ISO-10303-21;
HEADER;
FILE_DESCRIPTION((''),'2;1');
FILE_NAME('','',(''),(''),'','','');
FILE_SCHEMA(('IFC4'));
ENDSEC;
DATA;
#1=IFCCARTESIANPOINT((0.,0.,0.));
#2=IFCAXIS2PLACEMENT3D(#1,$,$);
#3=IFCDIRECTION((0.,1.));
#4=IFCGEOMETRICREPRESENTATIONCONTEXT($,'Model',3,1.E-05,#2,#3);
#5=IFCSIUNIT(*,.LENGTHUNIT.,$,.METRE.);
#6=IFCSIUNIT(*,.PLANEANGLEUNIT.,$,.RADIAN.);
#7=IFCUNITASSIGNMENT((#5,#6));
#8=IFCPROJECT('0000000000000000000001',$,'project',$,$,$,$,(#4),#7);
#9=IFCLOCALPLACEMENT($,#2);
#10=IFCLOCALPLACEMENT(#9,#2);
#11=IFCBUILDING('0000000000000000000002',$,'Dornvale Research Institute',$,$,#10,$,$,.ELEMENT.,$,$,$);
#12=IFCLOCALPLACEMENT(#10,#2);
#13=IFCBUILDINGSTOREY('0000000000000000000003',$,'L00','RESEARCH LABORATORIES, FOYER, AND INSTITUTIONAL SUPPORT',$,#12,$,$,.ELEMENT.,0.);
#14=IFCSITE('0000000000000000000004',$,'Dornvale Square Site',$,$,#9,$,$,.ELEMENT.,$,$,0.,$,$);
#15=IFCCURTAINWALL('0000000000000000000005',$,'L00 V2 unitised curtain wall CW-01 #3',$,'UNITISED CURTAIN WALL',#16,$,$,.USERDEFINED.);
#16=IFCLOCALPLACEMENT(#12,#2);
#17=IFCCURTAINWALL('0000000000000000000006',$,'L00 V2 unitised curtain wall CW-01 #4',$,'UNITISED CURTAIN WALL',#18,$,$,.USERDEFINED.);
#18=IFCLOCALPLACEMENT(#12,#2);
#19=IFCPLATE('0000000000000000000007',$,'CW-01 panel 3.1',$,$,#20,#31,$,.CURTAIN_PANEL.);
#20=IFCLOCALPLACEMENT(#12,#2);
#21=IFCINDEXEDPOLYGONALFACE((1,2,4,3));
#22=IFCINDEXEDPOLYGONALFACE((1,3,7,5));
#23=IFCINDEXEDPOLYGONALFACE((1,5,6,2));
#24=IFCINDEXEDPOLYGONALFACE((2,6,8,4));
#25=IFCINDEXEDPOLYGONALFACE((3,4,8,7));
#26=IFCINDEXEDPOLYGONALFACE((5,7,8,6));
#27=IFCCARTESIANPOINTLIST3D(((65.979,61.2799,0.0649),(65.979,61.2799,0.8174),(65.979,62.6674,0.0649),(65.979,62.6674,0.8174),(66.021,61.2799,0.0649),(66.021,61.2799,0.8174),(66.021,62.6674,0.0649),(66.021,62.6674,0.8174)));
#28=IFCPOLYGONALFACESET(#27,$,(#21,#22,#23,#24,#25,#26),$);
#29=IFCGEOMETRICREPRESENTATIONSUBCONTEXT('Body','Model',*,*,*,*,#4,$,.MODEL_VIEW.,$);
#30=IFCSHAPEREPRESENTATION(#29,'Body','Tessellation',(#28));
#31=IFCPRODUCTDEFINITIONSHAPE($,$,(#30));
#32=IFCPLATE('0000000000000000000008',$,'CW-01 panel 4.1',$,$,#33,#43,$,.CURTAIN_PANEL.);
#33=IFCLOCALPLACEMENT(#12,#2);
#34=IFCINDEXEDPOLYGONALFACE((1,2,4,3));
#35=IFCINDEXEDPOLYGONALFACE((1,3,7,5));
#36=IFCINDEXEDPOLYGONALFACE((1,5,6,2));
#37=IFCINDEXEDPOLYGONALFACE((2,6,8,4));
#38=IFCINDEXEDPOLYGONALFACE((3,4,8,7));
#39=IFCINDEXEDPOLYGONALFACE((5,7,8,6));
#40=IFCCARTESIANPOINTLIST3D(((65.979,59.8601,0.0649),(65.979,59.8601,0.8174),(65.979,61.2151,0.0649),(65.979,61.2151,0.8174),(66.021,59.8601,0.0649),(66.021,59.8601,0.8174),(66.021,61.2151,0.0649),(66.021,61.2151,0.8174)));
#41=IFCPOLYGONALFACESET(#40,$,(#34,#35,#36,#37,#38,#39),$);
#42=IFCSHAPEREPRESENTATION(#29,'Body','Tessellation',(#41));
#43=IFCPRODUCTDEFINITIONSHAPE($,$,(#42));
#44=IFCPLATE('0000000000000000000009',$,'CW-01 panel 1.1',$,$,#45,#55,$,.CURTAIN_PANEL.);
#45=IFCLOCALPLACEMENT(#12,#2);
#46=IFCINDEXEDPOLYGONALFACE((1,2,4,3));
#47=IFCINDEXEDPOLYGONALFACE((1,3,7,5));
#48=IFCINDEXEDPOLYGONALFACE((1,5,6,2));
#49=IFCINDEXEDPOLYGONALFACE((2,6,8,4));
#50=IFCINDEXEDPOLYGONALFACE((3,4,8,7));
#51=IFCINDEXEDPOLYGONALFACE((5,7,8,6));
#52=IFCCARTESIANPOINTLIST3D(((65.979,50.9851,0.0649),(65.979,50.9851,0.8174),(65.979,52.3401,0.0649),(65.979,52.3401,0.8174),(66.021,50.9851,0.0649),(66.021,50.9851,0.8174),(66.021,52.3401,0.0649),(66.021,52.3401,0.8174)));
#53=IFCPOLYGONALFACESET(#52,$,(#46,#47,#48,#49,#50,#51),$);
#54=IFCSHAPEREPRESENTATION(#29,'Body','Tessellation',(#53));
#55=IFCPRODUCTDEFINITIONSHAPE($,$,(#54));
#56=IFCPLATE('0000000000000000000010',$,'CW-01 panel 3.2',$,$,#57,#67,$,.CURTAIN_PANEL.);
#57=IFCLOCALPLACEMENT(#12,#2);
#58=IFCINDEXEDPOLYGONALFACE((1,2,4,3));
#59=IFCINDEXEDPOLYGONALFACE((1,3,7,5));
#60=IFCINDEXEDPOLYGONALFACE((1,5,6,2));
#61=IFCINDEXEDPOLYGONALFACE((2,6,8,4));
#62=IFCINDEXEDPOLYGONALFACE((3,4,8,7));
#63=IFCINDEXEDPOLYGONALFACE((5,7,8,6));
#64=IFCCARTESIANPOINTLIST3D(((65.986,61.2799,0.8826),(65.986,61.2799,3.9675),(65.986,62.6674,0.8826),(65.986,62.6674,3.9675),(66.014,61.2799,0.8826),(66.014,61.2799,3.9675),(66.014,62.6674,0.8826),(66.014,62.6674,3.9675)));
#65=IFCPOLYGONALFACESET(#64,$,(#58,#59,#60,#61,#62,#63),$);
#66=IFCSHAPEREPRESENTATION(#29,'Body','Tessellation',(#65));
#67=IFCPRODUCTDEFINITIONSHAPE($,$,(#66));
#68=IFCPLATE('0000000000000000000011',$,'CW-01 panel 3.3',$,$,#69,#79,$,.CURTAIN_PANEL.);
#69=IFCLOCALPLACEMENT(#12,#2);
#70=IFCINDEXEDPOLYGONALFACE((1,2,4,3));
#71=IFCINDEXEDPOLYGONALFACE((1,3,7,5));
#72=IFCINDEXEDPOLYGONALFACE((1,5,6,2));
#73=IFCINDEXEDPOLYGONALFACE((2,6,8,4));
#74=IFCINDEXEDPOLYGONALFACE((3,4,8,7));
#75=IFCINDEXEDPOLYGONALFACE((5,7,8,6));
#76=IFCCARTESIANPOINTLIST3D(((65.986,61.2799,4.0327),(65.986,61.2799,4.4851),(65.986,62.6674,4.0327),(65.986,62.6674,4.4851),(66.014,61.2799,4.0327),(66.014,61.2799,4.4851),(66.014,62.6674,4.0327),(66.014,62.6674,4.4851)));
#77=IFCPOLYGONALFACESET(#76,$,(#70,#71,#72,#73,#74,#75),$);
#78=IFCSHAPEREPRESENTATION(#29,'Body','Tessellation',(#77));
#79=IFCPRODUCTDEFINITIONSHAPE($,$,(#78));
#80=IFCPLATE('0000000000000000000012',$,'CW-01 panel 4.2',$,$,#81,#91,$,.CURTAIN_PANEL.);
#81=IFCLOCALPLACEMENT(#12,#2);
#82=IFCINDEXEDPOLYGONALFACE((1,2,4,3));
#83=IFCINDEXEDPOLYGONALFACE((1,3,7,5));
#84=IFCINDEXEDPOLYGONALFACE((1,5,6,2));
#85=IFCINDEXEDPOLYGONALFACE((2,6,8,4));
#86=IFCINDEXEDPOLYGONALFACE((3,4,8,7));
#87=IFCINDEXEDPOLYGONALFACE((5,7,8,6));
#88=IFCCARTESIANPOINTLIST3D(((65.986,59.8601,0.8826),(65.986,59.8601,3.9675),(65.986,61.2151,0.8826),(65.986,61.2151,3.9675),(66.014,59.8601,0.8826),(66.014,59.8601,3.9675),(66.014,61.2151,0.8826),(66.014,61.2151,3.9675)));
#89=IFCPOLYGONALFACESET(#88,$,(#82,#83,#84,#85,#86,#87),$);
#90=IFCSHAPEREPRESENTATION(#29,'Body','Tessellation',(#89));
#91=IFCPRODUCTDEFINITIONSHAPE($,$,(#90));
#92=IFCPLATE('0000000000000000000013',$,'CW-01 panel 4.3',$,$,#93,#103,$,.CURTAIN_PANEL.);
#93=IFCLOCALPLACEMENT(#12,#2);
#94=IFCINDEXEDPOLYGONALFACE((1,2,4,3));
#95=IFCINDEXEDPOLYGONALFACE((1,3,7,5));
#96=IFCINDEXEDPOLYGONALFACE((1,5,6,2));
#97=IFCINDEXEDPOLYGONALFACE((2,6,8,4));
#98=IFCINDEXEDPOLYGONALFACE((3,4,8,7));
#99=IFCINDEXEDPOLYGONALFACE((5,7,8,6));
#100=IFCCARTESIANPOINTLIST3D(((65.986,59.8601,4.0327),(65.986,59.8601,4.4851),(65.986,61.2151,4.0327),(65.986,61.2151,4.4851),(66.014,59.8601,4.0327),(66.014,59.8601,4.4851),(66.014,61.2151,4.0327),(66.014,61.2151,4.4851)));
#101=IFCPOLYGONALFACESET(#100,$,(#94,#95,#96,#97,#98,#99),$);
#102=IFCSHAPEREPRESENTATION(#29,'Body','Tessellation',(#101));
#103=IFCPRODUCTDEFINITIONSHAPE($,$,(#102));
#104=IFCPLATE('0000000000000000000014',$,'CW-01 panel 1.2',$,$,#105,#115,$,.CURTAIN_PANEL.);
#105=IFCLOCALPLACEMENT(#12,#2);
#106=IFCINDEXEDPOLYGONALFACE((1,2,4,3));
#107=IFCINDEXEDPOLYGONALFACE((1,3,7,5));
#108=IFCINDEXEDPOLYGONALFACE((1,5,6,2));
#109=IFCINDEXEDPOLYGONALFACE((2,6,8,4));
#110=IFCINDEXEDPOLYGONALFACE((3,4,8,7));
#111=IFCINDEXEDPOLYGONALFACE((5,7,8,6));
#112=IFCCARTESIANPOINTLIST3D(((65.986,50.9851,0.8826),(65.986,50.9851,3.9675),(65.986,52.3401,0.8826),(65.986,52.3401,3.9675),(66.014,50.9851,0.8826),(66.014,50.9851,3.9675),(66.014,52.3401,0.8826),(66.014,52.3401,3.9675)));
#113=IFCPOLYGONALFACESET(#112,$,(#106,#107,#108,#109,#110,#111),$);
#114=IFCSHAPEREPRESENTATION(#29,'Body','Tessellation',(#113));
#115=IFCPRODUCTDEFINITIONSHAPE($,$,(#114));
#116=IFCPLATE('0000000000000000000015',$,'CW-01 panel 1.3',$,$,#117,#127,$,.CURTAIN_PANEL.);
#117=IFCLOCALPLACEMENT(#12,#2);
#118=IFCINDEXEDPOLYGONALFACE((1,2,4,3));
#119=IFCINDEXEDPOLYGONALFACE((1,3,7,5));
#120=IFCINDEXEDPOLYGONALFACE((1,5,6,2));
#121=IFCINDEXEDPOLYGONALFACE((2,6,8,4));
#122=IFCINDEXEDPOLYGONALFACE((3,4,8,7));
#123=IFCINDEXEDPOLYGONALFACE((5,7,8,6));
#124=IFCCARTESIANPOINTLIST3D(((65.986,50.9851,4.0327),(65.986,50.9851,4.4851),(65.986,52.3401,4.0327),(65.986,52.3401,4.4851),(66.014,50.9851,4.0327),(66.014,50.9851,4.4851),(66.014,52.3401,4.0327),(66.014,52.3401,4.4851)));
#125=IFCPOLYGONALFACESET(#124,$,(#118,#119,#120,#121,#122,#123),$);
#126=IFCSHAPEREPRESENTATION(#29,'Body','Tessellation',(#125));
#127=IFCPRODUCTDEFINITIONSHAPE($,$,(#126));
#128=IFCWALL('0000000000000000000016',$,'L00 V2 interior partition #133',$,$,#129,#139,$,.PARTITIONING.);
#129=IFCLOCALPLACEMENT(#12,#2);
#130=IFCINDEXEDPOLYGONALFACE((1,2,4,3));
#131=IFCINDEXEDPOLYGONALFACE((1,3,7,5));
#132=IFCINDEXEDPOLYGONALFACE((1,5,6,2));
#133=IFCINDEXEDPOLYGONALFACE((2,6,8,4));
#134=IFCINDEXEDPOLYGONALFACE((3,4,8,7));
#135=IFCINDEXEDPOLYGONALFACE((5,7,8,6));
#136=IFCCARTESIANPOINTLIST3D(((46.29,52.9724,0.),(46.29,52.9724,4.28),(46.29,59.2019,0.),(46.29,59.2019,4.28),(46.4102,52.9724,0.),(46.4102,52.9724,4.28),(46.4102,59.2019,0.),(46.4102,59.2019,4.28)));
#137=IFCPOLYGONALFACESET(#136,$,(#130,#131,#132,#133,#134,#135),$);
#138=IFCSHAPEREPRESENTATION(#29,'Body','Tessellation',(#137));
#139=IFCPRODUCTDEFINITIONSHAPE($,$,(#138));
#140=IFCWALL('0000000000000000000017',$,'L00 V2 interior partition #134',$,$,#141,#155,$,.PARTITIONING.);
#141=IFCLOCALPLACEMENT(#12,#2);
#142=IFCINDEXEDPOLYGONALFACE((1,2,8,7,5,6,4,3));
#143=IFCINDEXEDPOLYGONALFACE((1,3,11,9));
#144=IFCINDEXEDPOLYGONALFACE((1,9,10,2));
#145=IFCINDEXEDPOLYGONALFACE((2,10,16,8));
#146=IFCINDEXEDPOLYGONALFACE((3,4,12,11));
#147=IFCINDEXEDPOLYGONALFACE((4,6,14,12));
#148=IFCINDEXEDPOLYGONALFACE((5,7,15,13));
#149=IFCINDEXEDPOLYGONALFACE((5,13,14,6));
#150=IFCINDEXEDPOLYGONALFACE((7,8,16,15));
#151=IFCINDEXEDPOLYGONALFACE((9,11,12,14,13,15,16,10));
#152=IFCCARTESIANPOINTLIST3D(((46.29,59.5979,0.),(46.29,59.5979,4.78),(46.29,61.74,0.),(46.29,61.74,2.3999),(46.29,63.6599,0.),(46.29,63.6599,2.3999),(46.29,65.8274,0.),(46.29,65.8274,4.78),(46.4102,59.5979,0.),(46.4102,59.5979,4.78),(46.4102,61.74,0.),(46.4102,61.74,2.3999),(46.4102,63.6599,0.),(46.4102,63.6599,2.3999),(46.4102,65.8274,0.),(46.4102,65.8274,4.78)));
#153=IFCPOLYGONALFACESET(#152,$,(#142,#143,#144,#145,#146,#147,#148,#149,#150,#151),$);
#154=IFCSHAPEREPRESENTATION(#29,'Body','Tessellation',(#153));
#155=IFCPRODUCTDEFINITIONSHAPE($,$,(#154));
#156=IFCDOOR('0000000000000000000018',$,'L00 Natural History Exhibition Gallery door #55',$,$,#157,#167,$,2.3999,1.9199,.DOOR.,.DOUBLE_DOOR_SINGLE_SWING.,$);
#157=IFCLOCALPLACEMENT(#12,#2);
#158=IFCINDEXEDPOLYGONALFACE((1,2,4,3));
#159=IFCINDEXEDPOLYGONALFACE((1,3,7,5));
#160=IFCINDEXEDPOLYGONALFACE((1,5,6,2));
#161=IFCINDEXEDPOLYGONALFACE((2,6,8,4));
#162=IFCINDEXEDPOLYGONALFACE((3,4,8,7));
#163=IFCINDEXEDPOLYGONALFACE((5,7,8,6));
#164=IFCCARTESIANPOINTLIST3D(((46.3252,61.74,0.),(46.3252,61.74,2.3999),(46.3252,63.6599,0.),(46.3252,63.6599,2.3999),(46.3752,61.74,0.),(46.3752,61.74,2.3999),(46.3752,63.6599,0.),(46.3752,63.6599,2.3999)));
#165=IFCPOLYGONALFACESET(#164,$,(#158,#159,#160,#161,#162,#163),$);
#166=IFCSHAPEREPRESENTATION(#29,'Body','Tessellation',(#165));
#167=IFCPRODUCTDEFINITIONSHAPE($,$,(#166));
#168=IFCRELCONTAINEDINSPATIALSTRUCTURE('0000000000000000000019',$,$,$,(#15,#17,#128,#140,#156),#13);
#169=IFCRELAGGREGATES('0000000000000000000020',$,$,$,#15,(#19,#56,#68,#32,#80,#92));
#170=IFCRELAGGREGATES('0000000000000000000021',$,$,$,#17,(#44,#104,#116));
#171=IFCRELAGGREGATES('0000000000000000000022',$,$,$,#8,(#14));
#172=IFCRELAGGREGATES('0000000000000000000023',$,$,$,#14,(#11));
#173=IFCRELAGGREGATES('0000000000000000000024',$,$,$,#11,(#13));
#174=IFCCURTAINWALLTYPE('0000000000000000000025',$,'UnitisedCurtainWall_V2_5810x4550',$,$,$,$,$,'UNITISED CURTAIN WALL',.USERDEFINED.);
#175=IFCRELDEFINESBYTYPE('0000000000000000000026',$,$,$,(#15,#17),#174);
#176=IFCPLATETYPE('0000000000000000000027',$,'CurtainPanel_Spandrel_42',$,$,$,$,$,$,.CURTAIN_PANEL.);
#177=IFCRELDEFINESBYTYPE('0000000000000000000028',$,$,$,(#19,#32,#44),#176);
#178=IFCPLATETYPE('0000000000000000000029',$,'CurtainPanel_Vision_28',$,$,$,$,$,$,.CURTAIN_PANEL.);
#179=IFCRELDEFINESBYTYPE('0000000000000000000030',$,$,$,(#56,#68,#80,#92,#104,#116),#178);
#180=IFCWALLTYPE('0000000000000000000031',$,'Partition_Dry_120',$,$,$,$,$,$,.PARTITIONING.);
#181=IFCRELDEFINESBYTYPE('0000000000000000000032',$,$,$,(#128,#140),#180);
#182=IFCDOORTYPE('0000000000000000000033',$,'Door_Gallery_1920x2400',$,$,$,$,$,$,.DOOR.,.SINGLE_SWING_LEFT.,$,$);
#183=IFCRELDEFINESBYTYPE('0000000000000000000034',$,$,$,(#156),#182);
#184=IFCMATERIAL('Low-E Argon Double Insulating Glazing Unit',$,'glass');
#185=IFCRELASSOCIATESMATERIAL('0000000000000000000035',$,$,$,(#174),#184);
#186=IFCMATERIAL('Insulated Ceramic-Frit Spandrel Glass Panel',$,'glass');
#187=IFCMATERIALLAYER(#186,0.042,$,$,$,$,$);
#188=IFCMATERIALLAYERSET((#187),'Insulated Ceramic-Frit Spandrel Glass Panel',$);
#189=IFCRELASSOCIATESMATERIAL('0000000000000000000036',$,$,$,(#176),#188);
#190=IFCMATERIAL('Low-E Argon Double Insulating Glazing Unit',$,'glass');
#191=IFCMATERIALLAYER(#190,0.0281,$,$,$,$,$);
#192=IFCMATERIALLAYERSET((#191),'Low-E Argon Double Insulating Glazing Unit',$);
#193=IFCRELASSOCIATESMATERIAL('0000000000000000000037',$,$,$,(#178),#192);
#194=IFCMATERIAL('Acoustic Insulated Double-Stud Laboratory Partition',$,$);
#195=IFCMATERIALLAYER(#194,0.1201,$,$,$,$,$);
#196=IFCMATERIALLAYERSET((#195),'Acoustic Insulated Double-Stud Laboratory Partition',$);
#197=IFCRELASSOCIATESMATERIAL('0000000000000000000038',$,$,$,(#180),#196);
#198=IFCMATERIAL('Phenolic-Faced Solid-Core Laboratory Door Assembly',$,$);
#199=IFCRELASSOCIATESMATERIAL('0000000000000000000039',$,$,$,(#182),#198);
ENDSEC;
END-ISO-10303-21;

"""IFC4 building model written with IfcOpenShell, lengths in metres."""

from ifc_helpers import new_model, si_unit, direction, frame, frame_2d, origin, origin_2d, place, context, subcontext, project, spatial, rectangle, extrude, material, layer, layer_set, type_object, element, fill, aggregate, save


model = new_model("IFC4")

# Units and contexts
model_context = context("Model", 3, precision=1e-05, world=origin(), true_north=direction((0.0, 1.0)))
body_context = subcontext(model_context, "Body", "Model", "MODEL_VIEW")
ifc_project = project(units=[si_unit("LENGTHUNIT", "METRE"), si_unit("PLANEANGLEUNIT", "RADIAN")], contexts=[model_context])

# Site, building, storey
site_placement = place(None, origin())
site = spatial("IfcSite", under=ifc_project, at=site_placement, Name="Dornvale Square Site", CompositionType="ELEMENT", RefElevation=0.0)
building_placement = place(site_placement, origin())
building = spatial("IfcBuilding", under=site, at=building_placement, Name="Dornvale Research Institute", CompositionType="ELEMENT")
storey_placement = place(building_placement, origin())
storey = spatial("IfcBuildingStorey", under=building, at=storey_placement, Name="L00", Description="RESEARCH LABORATORIES, FOYER, AND INSTITUTIONAL SUPPORT", CompositionType="ELEMENT", Elevation=0.0)

# Curtain wall
ifc_material_1 = material(Name="Low-E Argon Double Insulating Glazing Unit", Category="glass")
curtain_wall_type = type_object("IfcCurtainWallType", Name="UnitisedCurtainWall_V2_5810x4550", ElementType="UNITISED CURTAIN WALL", PredefinedType="USERDEFINED", material=ifc_material_1)
curtain_wall_1_placement = place(storey_placement, origin())
curtain_wall_1 = element("IfcCurtainWall", 1, at=curtain_wall_1_placement, inside=storey, type_object=curtain_wall_type, Name="L00 V2 unitised curtain wall CW-01 #3", ObjectType="UNITISED CURTAIN WALL", PredefinedType="USERDEFINED")

# Curtain wall
curtain_wall_2_placement = place(storey_placement, origin())
curtain_wall_2 = element("IfcCurtainWall", 2, at=curtain_wall_2_placement, inside=storey, type_object=curtain_wall_type, Name="L00 V2 unitised curtain wall CW-01 #4", ObjectType="UNITISED CURTAIN WALL", PredefinedType="USERDEFINED")

# Plates
ifc_material_2 = material(Name="Insulated Ceramic-Frit Spandrel Glass Panel", Category="glass")
ifc_layer_1 = layer(ifc_material_2, 0.042)
ifc_layer_set_1 = layer_set([ifc_layer_1], Name="Insulated Ceramic-Frit Spandrel Glass Panel")
plate_type_1 = type_object("IfcPlateType", Name="CurtainPanel_Spandrel_42", PredefinedType="CURTAIN_PANEL", material=ifc_layer_set_1)
plate_1_placement = place(storey_placement, frame((66.0, 61.9736, 0.0649), z_axis=(0.0, 0.0, 1.0), x_axis=(0.0, -1.0, 0.0)))
plate_1 = element("IfcPlate", 3, at=plate_1_placement, type_object=plate_type_1, Name="CW-01 panel 3.1", PredefinedType="CURTAIN_PANEL", context=body_context, shape_type="SweptSolid", body=[
    extrude(rectangle(XDim=1.3875, YDim=0.042, at=origin_2d()), origin(), (0.0, 0.0, 1.0), 0.7524),
])
plate_2_placement = place(storey_placement, frame((66.0, 60.5376, 0.0649), z_axis=(0.0, 0.0, 1.0), x_axis=(0.0, -1.0, 0.0)))
plate_2 = element("IfcPlate", 4, at=plate_2_placement, type_object=plate_type_1, Name="CW-01 panel 4.1", PredefinedType="CURTAIN_PANEL", context=body_context, shape_type="SweptSolid", body=[
    extrude(rectangle(XDim=1.355, YDim=0.042, at=origin_2d()), origin(), (0.0, 0.0, 1.0), 0.7524),
])
plate_3_placement = place(storey_placement, frame((66.0, 51.6626, 0.0649), z_axis=(0.0, 0.0, 1.0), x_axis=(0.0, -1.0, 0.0)))
plate_3 = element("IfcPlate", 5, at=plate_3_placement, type_object=plate_type_1, Name="CW-01 panel 1.1", PredefinedType="CURTAIN_PANEL", context=body_context, shape_type="SweptSolid", body=[
    extrude(rectangle(XDim=1.355, YDim=0.042, at=origin_2d()), origin(), (0.0, 0.0, 1.0), 0.7524),
])
ifc_material_3 = material(Name="Low-E Argon Double Insulating Glazing Unit", Category="glass")
ifc_layer_2 = layer(ifc_material_3, 0.0281)
ifc_layer_set_2 = layer_set([ifc_layer_2], Name="Low-E Argon Double Insulating Glazing Unit")
plate_type_2 = type_object("IfcPlateType", Name="CurtainPanel_Vision_28", PredefinedType="CURTAIN_PANEL", material=ifc_layer_set_2)
plate_4_placement = place(storey_placement, frame((66.0, 61.9736, 0.8826), z_axis=(0.0, 0.0, 1.0), x_axis=(0.0, -1.0, 0.0)))
plate_4 = element("IfcPlate", 6, at=plate_4_placement, type_object=plate_type_2, Name="CW-01 panel 3.2", PredefinedType="CURTAIN_PANEL", context=body_context, shape_type="SweptSolid", body=[
    extrude(rectangle(XDim=1.3875, YDim=0.0281, at=origin_2d()), origin(), (0.0, 0.0, 1.0), 3.085),
])
plate_5_placement = place(storey_placement, frame((66.0, 61.9736, 4.0327), z_axis=(0.0, 0.0, 1.0), x_axis=(0.0, -1.0, 0.0)))
plate_5 = element("IfcPlate", 7, at=plate_5_placement, type_object=plate_type_2, Name="CW-01 panel 3.3", PredefinedType="CURTAIN_PANEL", context=body_context, shape_type="SweptSolid", body=[
    extrude(rectangle(XDim=1.3875, YDim=0.0281, at=origin_2d()), origin(), (0.0, 0.0, 1.0), 0.4524),
])
plate_6_placement = place(storey_placement, frame((66.0, 60.5376, 0.8826), z_axis=(0.0, 0.0, 1.0), x_axis=(0.0, -1.0, 0.0)))
plate_6 = element("IfcPlate", 8, at=plate_6_placement, type_object=plate_type_2, Name="CW-01 panel 4.2", PredefinedType="CURTAIN_PANEL", context=body_context, shape_type="SweptSolid", body=[
    extrude(rectangle(XDim=1.355, YDim=0.0281, at=origin_2d()), origin(), (0.0, 0.0, 1.0), 3.085),
])
plate_7_placement = place(storey_placement, frame((66.0, 60.5376, 4.0327), z_axis=(0.0, 0.0, 1.0), x_axis=(0.0, -1.0, 0.0)))
plate_7 = element("IfcPlate", 9, at=plate_7_placement, type_object=plate_type_2, Name="CW-01 panel 4.3", PredefinedType="CURTAIN_PANEL", context=body_context, shape_type="SweptSolid", body=[
    extrude(rectangle(XDim=1.355, YDim=0.0281, at=origin_2d()), origin(), (0.0, 0.0, 1.0), 0.4524),
])
aggregate(curtain_wall_1, [plate_1, plate_4, plate_5, plate_2, plate_6, plate_7])
plate_8_placement = place(storey_placement, frame((66.0, 51.6626, 0.8826), z_axis=(0.0, 0.0, 1.0), x_axis=(0.0, -1.0, 0.0)))
plate_8 = element("IfcPlate", 10, at=plate_8_placement, type_object=plate_type_2, Name="CW-01 panel 1.2", PredefinedType="CURTAIN_PANEL", context=body_context, shape_type="SweptSolid", body=[
    extrude(rectangle(XDim=1.355, YDim=0.0281, at=origin_2d()), origin(), (0.0, 0.0, 1.0), 3.085),
])
plate_9_placement = place(storey_placement, frame((66.0, 51.6626, 4.0327), z_axis=(0.0, 0.0, 1.0), x_axis=(0.0, -1.0, 0.0)))
plate_9 = element("IfcPlate", 11, at=plate_9_placement, type_object=plate_type_2, Name="CW-01 panel 1.3", PredefinedType="CURTAIN_PANEL", context=body_context, shape_type="SweptSolid", body=[
    extrude(rectangle(XDim=1.355, YDim=0.0281, at=origin_2d()), origin(), (0.0, 0.0, 1.0), 0.4524),
])
aggregate(curtain_wall_2, [plate_3, plate_8, plate_9])

# Wall
ifc_material_4 = material(Name="Acoustic Insulated Double-Stud Laboratory Partition")
ifc_layer_3 = layer(ifc_material_4, 0.1201)
ifc_layer_set_3 = layer_set([ifc_layer_3], Name="Acoustic Insulated Double-Stud Laboratory Partition")
wall_type_1 = type_object("IfcWallType", Name="Partition_Dry_120", PredefinedType="PARTITIONING", material=ifc_layer_set_3)
wall_1_placement = place(storey_placement, frame((46.3501, 52.9724, 0.0), z_axis=(0.0, 0.0, 1.0), x_axis=(0.0, 1.0, 0.0)))
element("IfcWall", 12, at=wall_1_placement, inside=storey, type_object=wall_type_1, Name="L00 V2 interior partition #133", PredefinedType="PARTITIONING", context=body_context, shape_type="SweptSolid", body=[
    extrude(rectangle(XDim=6.2295, YDim=0.1201, at=frame_2d((3.1147, 0.0))), origin(), (0.0, 0.0, 1.0), 4.28),
])

# Wall, opening, door
wall_2_placement = place(storey_placement, frame((46.3501, 59.5979, 0.0), z_axis=(0.0, 0.0, 1.0), x_axis=(0.0, 1.0, 0.0)))
wall_2 = element("IfcWall", 13, at=wall_2_placement, inside=storey, type_object=wall_type_1, Name="L00 V2 interior partition #134", PredefinedType="PARTITIONING", context=body_context, shape_type="SweptSolid", body=[
    extrude(rectangle(XDim=6.2295, YDim=0.1201, at=frame_2d((3.1147, 0.0))), origin(), (0.0, 0.0, 1.0), 4.78),
])
opening_1_placement = place(wall_2_placement, frame((2.1421, 0.0, 0.0)))
opening_1 = element("IfcOpeningElement", 14, at=opening_1_placement, cuts=wall_2, PredefinedType="OPENING", context=body_context, shape_type="SweptSolid", body=[
    extrude(rectangle(XDim=1.9199, YDim=2.3999, at=frame_2d((0.96, 1.2))), frame((0.0, 0.075, 0.0), z_axis=(0.0, -1.0, 0.0), x_axis=(1.0, 0.0, 0.0)), (0.0, 0.0, 1.0), 0.1501),
])
ifc_material_5 = material(Name="Phenolic-Faced Solid-Core Laboratory Door Assembly")
door_type = type_object("IfcDoorType", Name="Door_Gallery_1920x2400", OperationType="SINGLE_SWING_LEFT", PredefinedType="DOOR", material=ifc_material_5)
door_placement = place(opening_1_placement, origin())
door = element("IfcDoor", 15, at=door_placement, inside=storey, type_object=door_type, Name="L00 Natural History Exhibition Gallery door #55", OperationType="DOUBLE_DOOR_SINGLE_SWING", OverallHeight=2.3999, OverallWidth=1.9199, PredefinedType="DOOR", context=body_context, shape_type="SweptSolid", body=[
    extrude(rectangle(XDim=1.9199, YDim=2.3999, at=frame_2d((0.96, 1.2))), frame((0.0, 0.0249, 0.0), z_axis=(0.0, -1.0, 0.0), x_axis=(1.0, 0.0, 0.0)), (0.0, 0.0, 1.0), 0.05),
])
fill(opening_1, door)

save(model, "model.ifc")
